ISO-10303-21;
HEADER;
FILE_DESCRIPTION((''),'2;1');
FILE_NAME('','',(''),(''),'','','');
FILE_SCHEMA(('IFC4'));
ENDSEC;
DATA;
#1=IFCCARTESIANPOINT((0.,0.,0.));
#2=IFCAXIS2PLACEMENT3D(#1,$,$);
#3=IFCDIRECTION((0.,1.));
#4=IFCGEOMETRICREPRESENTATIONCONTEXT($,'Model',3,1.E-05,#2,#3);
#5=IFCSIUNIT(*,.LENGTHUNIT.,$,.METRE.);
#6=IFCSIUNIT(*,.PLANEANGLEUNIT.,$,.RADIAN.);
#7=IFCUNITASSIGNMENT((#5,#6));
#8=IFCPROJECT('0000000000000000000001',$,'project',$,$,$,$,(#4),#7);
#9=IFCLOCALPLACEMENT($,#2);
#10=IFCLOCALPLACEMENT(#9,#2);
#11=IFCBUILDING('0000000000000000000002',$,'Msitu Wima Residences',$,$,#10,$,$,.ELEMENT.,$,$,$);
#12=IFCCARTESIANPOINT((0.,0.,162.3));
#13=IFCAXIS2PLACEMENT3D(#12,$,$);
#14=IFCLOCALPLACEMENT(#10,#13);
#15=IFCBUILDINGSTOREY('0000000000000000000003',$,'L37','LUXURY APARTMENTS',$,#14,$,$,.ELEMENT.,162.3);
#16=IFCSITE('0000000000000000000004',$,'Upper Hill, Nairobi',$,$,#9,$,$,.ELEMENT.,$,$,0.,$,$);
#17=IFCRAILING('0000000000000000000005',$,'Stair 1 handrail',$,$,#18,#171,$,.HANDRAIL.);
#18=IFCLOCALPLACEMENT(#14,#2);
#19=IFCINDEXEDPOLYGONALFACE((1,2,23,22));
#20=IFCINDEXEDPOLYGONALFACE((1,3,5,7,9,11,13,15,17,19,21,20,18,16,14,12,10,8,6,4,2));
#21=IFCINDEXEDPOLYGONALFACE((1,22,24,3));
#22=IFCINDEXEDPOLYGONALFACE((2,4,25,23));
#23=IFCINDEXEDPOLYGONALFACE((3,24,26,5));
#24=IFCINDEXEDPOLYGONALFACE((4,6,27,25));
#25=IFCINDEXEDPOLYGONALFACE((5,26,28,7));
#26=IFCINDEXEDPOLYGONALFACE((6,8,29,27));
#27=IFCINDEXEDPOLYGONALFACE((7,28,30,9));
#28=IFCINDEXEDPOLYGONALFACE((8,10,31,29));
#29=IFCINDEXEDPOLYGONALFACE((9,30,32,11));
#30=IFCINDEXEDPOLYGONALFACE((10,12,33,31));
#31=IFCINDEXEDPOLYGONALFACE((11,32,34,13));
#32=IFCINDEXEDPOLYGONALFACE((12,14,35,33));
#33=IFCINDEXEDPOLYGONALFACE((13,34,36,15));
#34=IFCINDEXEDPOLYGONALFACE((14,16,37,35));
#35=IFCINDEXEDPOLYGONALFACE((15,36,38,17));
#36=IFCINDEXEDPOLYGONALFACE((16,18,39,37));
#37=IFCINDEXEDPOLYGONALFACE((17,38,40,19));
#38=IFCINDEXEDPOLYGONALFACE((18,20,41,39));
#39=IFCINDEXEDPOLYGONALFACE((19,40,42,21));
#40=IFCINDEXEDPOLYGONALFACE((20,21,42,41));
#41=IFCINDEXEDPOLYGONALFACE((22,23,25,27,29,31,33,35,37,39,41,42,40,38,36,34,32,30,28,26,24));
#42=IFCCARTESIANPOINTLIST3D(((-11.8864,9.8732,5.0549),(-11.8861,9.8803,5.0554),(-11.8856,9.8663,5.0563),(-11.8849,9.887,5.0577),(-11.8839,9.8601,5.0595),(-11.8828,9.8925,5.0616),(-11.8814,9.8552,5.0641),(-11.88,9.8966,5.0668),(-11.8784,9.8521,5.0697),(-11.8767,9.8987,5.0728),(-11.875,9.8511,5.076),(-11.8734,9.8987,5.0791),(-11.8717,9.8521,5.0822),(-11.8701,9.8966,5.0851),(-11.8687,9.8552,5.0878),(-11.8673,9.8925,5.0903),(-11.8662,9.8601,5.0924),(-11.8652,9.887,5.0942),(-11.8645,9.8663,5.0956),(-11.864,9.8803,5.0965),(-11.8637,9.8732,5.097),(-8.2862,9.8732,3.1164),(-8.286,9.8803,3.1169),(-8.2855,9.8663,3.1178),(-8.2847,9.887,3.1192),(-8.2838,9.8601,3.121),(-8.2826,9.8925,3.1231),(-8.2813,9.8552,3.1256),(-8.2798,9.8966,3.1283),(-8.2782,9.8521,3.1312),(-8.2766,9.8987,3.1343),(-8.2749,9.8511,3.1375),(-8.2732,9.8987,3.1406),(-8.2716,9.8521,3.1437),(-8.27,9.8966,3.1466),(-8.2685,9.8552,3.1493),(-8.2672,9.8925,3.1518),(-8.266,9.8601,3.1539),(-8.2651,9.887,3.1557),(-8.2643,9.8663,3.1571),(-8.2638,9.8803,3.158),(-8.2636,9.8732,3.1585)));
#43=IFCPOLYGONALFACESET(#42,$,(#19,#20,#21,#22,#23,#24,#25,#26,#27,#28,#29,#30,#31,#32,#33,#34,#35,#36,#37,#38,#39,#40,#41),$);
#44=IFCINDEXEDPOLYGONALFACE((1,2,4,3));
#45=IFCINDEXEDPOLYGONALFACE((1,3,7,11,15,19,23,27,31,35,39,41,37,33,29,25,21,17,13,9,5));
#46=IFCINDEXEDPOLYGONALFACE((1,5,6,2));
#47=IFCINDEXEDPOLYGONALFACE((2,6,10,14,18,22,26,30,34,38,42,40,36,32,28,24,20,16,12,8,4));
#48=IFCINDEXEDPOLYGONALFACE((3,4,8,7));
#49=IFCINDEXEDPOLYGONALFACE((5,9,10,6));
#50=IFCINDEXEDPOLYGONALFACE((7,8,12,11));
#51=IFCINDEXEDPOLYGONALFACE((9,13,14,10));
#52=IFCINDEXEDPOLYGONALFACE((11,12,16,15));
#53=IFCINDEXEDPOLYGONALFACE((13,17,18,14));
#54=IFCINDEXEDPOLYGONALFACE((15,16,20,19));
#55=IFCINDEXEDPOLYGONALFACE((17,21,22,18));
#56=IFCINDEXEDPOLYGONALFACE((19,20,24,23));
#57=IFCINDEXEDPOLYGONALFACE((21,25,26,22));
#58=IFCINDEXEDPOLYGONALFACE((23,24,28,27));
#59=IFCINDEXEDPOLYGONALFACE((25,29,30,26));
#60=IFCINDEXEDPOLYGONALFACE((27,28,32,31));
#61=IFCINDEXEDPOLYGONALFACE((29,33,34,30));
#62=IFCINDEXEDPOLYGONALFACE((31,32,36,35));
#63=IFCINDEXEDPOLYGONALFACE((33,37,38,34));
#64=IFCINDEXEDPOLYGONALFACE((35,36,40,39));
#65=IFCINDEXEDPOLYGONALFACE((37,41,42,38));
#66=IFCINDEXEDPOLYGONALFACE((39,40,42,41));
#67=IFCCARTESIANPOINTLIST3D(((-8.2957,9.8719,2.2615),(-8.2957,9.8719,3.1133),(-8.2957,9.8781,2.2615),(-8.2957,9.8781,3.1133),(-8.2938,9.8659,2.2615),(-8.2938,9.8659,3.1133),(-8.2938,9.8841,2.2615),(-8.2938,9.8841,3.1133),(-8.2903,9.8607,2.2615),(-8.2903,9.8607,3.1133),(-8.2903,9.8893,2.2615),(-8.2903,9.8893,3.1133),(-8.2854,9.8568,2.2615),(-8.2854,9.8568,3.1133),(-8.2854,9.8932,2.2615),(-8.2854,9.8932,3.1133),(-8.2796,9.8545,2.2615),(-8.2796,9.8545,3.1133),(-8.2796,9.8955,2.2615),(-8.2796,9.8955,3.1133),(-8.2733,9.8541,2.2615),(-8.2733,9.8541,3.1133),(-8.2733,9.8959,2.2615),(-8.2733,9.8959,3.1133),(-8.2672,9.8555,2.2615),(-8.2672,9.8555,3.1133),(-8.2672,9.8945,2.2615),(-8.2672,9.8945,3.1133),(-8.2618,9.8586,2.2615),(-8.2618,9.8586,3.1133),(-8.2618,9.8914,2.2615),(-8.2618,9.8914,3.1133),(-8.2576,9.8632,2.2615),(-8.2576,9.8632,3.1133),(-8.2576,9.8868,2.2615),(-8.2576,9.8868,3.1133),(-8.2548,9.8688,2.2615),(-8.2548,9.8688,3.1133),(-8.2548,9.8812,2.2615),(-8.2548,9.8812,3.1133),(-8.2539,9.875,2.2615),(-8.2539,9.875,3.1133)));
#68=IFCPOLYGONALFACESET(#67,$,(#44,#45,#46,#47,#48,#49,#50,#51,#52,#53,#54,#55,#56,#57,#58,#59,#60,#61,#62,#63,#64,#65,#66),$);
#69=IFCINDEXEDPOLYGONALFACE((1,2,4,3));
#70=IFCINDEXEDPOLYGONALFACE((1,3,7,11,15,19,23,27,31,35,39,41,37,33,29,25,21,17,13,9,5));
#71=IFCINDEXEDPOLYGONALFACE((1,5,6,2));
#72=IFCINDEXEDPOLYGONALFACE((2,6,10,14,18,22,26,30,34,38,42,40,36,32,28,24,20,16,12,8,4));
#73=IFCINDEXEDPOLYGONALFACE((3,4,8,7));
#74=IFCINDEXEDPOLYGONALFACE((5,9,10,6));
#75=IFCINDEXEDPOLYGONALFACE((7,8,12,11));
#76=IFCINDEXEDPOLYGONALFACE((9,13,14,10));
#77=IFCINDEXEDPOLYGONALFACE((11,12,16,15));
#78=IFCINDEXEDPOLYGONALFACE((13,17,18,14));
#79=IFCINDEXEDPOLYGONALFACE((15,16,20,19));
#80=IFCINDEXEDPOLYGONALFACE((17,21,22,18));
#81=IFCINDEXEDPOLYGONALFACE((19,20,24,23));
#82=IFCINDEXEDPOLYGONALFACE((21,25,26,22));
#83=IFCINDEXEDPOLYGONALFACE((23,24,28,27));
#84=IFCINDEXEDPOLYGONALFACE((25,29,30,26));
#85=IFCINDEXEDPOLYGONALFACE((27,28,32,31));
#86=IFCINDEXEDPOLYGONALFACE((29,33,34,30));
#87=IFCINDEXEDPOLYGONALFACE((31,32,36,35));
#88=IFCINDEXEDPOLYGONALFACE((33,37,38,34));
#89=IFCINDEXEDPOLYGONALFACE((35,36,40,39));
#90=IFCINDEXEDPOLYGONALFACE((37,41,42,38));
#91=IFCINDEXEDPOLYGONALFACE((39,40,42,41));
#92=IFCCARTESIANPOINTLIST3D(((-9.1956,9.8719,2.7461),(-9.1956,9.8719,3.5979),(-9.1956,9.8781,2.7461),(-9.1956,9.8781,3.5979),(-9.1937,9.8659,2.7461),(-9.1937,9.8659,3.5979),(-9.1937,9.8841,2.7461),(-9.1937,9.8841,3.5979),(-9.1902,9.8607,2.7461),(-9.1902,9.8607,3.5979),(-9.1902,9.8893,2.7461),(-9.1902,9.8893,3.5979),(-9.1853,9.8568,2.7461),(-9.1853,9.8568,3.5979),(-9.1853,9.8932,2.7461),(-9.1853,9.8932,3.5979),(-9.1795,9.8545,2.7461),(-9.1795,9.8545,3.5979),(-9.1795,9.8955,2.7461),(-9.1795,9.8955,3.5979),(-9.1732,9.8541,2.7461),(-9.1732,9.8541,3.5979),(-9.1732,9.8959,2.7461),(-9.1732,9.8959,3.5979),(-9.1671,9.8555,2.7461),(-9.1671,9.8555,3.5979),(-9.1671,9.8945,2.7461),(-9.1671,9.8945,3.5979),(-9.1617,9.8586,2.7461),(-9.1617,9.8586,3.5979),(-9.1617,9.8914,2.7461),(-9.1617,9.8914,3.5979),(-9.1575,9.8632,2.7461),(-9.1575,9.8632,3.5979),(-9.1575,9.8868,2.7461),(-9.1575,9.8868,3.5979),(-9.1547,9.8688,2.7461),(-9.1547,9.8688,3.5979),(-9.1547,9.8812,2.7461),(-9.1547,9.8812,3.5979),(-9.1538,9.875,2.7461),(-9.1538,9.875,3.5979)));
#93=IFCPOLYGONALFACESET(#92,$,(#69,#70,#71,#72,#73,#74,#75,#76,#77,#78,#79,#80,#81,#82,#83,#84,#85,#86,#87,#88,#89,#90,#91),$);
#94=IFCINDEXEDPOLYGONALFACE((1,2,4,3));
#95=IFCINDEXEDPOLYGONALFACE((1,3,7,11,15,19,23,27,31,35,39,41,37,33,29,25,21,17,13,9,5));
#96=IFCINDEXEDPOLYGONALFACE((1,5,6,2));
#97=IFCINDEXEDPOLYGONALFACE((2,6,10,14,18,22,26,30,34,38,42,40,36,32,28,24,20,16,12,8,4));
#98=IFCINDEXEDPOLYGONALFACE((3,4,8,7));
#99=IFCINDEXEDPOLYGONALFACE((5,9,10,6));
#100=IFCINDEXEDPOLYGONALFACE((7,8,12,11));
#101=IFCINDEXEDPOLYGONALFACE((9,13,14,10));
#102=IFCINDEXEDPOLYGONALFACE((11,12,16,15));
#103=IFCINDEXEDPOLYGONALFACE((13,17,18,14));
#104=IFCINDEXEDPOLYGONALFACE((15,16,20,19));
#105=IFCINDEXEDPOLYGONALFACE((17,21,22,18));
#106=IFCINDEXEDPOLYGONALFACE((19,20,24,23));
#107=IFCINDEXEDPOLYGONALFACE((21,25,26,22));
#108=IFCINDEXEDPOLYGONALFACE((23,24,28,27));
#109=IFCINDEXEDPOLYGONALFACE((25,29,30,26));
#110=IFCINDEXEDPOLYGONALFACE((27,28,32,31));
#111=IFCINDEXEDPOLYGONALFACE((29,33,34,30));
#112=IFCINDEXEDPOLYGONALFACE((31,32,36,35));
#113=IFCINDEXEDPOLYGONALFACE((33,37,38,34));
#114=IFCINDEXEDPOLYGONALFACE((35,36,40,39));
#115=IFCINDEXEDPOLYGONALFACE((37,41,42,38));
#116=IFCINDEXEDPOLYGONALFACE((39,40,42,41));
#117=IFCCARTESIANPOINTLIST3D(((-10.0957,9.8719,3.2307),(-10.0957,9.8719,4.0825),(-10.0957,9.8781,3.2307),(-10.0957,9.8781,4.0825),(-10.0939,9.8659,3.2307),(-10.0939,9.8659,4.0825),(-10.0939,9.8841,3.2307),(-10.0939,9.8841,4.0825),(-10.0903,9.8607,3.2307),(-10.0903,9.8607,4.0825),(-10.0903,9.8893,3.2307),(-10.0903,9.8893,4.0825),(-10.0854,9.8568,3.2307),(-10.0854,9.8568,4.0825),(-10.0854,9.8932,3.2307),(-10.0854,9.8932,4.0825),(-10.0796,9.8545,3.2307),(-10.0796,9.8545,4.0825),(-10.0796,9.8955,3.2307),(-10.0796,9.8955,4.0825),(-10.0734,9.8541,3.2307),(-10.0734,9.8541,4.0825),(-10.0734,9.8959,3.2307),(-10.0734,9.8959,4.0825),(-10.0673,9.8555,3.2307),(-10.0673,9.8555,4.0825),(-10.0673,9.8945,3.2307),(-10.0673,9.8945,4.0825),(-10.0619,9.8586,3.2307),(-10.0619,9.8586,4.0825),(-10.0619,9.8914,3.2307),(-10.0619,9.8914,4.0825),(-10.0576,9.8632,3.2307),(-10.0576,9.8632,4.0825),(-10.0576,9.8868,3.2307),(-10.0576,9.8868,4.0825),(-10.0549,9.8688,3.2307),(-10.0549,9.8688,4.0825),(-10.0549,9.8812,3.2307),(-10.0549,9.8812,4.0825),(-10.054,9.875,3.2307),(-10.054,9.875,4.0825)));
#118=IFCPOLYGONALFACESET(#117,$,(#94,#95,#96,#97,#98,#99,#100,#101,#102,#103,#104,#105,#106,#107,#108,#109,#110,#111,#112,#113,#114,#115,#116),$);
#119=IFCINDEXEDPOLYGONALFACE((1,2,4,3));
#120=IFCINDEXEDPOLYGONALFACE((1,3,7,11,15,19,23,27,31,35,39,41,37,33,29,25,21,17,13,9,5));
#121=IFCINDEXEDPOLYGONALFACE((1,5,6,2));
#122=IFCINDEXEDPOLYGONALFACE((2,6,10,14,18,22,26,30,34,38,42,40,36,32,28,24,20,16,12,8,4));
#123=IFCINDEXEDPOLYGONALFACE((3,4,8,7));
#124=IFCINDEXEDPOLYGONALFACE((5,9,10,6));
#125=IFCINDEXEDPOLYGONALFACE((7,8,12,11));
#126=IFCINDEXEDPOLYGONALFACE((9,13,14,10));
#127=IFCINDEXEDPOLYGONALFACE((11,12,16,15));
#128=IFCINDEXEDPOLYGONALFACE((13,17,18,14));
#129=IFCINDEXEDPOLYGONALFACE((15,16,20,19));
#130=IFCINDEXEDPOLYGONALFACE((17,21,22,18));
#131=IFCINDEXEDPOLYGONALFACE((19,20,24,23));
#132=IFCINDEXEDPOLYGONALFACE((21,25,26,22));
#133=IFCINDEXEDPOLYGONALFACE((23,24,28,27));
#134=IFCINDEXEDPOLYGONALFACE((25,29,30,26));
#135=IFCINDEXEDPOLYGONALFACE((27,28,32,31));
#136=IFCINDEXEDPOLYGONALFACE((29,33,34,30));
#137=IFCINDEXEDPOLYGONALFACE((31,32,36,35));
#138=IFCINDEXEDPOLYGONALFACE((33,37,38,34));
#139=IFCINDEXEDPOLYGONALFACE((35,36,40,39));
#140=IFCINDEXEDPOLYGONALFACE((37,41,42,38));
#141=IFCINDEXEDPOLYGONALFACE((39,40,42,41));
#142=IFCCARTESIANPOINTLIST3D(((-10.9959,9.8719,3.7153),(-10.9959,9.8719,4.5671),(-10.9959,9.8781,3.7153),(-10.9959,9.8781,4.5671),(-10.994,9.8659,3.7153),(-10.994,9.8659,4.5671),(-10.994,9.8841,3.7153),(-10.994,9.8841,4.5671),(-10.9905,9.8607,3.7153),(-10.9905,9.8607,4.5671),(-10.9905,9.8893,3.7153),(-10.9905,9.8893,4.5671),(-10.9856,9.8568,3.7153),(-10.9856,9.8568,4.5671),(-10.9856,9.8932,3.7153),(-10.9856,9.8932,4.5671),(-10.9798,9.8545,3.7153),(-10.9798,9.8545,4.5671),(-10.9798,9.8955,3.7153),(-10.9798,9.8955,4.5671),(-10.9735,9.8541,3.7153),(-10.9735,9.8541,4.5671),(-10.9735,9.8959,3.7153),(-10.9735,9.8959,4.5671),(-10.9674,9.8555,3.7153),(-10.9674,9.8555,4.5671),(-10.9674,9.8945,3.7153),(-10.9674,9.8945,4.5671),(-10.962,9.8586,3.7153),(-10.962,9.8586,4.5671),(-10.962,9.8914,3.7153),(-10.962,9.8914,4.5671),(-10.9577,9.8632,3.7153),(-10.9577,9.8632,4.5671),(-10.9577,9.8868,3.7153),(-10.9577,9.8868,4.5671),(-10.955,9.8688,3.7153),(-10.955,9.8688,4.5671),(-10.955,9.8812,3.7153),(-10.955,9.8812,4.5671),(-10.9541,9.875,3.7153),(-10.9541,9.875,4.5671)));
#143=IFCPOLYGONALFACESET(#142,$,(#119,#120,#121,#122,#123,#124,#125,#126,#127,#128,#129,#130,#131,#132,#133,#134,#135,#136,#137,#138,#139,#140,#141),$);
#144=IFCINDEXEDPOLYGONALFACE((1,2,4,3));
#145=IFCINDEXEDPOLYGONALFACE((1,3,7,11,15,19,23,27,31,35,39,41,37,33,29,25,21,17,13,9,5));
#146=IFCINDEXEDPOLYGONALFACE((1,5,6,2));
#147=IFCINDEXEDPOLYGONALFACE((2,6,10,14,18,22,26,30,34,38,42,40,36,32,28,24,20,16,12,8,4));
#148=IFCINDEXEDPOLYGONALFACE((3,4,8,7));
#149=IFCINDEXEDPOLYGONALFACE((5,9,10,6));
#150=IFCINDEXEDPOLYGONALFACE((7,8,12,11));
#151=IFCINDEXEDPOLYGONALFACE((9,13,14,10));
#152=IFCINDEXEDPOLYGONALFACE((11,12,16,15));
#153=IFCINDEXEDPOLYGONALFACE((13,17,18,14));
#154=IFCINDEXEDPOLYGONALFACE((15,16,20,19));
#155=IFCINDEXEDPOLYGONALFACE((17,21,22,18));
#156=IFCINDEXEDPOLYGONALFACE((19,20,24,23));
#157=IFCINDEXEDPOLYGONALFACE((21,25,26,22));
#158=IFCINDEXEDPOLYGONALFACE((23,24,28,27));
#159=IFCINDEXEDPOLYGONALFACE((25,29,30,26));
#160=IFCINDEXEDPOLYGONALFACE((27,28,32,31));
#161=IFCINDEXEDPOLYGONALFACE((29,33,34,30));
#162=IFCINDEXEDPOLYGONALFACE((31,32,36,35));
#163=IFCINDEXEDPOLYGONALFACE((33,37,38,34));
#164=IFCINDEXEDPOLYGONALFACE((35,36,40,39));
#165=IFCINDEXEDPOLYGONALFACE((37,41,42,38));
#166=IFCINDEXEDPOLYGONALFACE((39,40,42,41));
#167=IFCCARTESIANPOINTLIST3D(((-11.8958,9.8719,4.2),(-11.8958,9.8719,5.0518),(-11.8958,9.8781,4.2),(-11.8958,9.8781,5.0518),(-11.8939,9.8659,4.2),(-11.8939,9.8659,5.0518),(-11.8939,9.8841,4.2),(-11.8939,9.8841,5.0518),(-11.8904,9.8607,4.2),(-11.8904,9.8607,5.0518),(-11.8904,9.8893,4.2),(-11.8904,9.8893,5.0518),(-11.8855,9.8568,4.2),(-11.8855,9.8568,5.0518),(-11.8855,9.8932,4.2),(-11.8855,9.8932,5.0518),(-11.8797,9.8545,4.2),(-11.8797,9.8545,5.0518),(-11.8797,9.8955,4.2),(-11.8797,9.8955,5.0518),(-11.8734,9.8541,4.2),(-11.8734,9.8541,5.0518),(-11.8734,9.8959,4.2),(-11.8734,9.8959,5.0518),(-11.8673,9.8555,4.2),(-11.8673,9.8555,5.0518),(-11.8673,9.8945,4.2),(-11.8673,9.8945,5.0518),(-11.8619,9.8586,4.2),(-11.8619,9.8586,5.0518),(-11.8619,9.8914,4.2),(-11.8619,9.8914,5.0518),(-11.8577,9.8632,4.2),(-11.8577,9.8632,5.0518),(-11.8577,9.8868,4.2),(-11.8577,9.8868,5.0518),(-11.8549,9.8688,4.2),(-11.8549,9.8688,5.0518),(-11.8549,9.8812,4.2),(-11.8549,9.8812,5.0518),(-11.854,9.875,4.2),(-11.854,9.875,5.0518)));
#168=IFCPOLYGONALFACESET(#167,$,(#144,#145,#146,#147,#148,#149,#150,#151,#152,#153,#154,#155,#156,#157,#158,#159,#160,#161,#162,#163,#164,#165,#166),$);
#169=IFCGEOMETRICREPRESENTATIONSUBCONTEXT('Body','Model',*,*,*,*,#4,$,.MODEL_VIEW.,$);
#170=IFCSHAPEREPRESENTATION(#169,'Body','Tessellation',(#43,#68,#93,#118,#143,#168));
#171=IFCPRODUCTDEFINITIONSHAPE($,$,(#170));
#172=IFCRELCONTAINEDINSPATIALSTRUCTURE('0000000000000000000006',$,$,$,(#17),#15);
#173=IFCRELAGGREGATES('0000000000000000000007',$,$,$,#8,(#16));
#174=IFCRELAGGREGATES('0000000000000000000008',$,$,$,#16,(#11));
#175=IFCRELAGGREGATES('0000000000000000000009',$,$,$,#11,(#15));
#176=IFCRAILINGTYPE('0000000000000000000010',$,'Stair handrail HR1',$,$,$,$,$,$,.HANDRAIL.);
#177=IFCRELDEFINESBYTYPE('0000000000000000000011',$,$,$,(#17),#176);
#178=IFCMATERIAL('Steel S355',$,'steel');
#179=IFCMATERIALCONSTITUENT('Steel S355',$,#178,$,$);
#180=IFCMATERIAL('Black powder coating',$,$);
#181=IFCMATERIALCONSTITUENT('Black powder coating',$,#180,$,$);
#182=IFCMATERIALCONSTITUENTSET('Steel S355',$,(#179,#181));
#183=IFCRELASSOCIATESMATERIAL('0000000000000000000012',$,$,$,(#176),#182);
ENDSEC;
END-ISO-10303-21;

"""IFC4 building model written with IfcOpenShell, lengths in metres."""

from ifc_helpers import new_model, si_unit, direction, frame, origin, origin_2d, place, context, subcontext, project, spatial, circle, extrude, material, constituent, constituent_set, type_object, element, save


model = new_model("IFC4")

# Units and contexts
model_context = context("Model", 3, precision=1e-05, world=origin(), true_north=direction((0.0, 1.0)))
body_context = subcontext(model_context, "Body", "Model", "MODEL_VIEW")
ifc_project = project(units=[si_unit("LENGTHUNIT", "METRE"), si_unit("PLANEANGLEUNIT", "RADIAN")], contexts=[model_context])

# Site, building, storey
site_placement = place(None, origin())
site = spatial("IfcSite", under=ifc_project, at=site_placement, Name="Upper Hill, Nairobi", CompositionType="ELEMENT", RefElevation=0.0)
building_placement = place(site_placement, origin())
building = spatial("IfcBuilding", under=site, at=building_placement, Name="Msitu Wima Residences", CompositionType="ELEMENT")
storey_placement = place(building_placement, frame((0.0, 0.0, 162.3)))
storey = spatial("IfcBuildingStorey", under=building, at=storey_placement, Name="L37", Description="LUXURY APARTMENTS", CompositionType="ELEMENT", Elevation=162.3)

# Railing
ifc_material_1 = material(Name="Steel S355", Category="steel")
ifc_constituent_1 = constituent(ifc_material_1, Name="Steel S355")
ifc_material_2 = material(Name="Black powder coating")
ifc_constituent_2 = constituent(ifc_material_2, Name="Black powder coating")
ifc_constituent_set_1 = constituent_set(constituents=[ifc_constituent_1, ifc_constituent_2], Name="Steel S355")
railing_type_1 = type_object("IfcRailingType", Name="Stair handrail HR1", PredefinedType="HANDRAIL", material=ifc_constituent_set_1)
for number, where, name in (
    (1, (-8.2749, 9.875, 2.2615), "Stair 1 handrail"),
):
    element("IfcRailing", number, at=place(storey_placement, frame(where)), inside=storey, type_object=railing_type_1, Name=name, PredefinedType="HANDRAIL", context=body_context, shape_type="SweptSolid", body=[
        extrude(circle(Radius=0.0239, at=origin_2d()), frame((0.0, 0.0, 0.876), z_axis=(-0.880475, 0.0, 0.474093), x_axis=(0.0, -1.0, 0.0)), (0.0, 0.0, 1.0), 4.0889),
        extrude(circle(Radius=0.021, at=origin_2d()), origin(), (0.0, 0.0, 1.0), 0.8518),
        extrude(circle(Radius=0.021, at=origin_2d()), frame((-0.8999, 0.0, 0.4846)), (0.0, 0.0, 1.0), 0.8518),
        extrude(circle(Radius=0.021, at=origin_2d()), frame((-1.8, 0.0, 0.9692)), (0.0, 0.0, 1.0), 0.8518),
        extrude(circle(Radius=0.021, at=origin_2d()), frame((-2.7002, 0.0, 1.4539)), (0.0, 0.0, 1.0), 0.8518),
        extrude(circle(Radius=0.021, at=origin_2d()), frame((-3.6001, 0.0, 1.9385)), (0.0, 0.0, 1.0), 0.8518),
    ])

save(model, "model.ifc")
